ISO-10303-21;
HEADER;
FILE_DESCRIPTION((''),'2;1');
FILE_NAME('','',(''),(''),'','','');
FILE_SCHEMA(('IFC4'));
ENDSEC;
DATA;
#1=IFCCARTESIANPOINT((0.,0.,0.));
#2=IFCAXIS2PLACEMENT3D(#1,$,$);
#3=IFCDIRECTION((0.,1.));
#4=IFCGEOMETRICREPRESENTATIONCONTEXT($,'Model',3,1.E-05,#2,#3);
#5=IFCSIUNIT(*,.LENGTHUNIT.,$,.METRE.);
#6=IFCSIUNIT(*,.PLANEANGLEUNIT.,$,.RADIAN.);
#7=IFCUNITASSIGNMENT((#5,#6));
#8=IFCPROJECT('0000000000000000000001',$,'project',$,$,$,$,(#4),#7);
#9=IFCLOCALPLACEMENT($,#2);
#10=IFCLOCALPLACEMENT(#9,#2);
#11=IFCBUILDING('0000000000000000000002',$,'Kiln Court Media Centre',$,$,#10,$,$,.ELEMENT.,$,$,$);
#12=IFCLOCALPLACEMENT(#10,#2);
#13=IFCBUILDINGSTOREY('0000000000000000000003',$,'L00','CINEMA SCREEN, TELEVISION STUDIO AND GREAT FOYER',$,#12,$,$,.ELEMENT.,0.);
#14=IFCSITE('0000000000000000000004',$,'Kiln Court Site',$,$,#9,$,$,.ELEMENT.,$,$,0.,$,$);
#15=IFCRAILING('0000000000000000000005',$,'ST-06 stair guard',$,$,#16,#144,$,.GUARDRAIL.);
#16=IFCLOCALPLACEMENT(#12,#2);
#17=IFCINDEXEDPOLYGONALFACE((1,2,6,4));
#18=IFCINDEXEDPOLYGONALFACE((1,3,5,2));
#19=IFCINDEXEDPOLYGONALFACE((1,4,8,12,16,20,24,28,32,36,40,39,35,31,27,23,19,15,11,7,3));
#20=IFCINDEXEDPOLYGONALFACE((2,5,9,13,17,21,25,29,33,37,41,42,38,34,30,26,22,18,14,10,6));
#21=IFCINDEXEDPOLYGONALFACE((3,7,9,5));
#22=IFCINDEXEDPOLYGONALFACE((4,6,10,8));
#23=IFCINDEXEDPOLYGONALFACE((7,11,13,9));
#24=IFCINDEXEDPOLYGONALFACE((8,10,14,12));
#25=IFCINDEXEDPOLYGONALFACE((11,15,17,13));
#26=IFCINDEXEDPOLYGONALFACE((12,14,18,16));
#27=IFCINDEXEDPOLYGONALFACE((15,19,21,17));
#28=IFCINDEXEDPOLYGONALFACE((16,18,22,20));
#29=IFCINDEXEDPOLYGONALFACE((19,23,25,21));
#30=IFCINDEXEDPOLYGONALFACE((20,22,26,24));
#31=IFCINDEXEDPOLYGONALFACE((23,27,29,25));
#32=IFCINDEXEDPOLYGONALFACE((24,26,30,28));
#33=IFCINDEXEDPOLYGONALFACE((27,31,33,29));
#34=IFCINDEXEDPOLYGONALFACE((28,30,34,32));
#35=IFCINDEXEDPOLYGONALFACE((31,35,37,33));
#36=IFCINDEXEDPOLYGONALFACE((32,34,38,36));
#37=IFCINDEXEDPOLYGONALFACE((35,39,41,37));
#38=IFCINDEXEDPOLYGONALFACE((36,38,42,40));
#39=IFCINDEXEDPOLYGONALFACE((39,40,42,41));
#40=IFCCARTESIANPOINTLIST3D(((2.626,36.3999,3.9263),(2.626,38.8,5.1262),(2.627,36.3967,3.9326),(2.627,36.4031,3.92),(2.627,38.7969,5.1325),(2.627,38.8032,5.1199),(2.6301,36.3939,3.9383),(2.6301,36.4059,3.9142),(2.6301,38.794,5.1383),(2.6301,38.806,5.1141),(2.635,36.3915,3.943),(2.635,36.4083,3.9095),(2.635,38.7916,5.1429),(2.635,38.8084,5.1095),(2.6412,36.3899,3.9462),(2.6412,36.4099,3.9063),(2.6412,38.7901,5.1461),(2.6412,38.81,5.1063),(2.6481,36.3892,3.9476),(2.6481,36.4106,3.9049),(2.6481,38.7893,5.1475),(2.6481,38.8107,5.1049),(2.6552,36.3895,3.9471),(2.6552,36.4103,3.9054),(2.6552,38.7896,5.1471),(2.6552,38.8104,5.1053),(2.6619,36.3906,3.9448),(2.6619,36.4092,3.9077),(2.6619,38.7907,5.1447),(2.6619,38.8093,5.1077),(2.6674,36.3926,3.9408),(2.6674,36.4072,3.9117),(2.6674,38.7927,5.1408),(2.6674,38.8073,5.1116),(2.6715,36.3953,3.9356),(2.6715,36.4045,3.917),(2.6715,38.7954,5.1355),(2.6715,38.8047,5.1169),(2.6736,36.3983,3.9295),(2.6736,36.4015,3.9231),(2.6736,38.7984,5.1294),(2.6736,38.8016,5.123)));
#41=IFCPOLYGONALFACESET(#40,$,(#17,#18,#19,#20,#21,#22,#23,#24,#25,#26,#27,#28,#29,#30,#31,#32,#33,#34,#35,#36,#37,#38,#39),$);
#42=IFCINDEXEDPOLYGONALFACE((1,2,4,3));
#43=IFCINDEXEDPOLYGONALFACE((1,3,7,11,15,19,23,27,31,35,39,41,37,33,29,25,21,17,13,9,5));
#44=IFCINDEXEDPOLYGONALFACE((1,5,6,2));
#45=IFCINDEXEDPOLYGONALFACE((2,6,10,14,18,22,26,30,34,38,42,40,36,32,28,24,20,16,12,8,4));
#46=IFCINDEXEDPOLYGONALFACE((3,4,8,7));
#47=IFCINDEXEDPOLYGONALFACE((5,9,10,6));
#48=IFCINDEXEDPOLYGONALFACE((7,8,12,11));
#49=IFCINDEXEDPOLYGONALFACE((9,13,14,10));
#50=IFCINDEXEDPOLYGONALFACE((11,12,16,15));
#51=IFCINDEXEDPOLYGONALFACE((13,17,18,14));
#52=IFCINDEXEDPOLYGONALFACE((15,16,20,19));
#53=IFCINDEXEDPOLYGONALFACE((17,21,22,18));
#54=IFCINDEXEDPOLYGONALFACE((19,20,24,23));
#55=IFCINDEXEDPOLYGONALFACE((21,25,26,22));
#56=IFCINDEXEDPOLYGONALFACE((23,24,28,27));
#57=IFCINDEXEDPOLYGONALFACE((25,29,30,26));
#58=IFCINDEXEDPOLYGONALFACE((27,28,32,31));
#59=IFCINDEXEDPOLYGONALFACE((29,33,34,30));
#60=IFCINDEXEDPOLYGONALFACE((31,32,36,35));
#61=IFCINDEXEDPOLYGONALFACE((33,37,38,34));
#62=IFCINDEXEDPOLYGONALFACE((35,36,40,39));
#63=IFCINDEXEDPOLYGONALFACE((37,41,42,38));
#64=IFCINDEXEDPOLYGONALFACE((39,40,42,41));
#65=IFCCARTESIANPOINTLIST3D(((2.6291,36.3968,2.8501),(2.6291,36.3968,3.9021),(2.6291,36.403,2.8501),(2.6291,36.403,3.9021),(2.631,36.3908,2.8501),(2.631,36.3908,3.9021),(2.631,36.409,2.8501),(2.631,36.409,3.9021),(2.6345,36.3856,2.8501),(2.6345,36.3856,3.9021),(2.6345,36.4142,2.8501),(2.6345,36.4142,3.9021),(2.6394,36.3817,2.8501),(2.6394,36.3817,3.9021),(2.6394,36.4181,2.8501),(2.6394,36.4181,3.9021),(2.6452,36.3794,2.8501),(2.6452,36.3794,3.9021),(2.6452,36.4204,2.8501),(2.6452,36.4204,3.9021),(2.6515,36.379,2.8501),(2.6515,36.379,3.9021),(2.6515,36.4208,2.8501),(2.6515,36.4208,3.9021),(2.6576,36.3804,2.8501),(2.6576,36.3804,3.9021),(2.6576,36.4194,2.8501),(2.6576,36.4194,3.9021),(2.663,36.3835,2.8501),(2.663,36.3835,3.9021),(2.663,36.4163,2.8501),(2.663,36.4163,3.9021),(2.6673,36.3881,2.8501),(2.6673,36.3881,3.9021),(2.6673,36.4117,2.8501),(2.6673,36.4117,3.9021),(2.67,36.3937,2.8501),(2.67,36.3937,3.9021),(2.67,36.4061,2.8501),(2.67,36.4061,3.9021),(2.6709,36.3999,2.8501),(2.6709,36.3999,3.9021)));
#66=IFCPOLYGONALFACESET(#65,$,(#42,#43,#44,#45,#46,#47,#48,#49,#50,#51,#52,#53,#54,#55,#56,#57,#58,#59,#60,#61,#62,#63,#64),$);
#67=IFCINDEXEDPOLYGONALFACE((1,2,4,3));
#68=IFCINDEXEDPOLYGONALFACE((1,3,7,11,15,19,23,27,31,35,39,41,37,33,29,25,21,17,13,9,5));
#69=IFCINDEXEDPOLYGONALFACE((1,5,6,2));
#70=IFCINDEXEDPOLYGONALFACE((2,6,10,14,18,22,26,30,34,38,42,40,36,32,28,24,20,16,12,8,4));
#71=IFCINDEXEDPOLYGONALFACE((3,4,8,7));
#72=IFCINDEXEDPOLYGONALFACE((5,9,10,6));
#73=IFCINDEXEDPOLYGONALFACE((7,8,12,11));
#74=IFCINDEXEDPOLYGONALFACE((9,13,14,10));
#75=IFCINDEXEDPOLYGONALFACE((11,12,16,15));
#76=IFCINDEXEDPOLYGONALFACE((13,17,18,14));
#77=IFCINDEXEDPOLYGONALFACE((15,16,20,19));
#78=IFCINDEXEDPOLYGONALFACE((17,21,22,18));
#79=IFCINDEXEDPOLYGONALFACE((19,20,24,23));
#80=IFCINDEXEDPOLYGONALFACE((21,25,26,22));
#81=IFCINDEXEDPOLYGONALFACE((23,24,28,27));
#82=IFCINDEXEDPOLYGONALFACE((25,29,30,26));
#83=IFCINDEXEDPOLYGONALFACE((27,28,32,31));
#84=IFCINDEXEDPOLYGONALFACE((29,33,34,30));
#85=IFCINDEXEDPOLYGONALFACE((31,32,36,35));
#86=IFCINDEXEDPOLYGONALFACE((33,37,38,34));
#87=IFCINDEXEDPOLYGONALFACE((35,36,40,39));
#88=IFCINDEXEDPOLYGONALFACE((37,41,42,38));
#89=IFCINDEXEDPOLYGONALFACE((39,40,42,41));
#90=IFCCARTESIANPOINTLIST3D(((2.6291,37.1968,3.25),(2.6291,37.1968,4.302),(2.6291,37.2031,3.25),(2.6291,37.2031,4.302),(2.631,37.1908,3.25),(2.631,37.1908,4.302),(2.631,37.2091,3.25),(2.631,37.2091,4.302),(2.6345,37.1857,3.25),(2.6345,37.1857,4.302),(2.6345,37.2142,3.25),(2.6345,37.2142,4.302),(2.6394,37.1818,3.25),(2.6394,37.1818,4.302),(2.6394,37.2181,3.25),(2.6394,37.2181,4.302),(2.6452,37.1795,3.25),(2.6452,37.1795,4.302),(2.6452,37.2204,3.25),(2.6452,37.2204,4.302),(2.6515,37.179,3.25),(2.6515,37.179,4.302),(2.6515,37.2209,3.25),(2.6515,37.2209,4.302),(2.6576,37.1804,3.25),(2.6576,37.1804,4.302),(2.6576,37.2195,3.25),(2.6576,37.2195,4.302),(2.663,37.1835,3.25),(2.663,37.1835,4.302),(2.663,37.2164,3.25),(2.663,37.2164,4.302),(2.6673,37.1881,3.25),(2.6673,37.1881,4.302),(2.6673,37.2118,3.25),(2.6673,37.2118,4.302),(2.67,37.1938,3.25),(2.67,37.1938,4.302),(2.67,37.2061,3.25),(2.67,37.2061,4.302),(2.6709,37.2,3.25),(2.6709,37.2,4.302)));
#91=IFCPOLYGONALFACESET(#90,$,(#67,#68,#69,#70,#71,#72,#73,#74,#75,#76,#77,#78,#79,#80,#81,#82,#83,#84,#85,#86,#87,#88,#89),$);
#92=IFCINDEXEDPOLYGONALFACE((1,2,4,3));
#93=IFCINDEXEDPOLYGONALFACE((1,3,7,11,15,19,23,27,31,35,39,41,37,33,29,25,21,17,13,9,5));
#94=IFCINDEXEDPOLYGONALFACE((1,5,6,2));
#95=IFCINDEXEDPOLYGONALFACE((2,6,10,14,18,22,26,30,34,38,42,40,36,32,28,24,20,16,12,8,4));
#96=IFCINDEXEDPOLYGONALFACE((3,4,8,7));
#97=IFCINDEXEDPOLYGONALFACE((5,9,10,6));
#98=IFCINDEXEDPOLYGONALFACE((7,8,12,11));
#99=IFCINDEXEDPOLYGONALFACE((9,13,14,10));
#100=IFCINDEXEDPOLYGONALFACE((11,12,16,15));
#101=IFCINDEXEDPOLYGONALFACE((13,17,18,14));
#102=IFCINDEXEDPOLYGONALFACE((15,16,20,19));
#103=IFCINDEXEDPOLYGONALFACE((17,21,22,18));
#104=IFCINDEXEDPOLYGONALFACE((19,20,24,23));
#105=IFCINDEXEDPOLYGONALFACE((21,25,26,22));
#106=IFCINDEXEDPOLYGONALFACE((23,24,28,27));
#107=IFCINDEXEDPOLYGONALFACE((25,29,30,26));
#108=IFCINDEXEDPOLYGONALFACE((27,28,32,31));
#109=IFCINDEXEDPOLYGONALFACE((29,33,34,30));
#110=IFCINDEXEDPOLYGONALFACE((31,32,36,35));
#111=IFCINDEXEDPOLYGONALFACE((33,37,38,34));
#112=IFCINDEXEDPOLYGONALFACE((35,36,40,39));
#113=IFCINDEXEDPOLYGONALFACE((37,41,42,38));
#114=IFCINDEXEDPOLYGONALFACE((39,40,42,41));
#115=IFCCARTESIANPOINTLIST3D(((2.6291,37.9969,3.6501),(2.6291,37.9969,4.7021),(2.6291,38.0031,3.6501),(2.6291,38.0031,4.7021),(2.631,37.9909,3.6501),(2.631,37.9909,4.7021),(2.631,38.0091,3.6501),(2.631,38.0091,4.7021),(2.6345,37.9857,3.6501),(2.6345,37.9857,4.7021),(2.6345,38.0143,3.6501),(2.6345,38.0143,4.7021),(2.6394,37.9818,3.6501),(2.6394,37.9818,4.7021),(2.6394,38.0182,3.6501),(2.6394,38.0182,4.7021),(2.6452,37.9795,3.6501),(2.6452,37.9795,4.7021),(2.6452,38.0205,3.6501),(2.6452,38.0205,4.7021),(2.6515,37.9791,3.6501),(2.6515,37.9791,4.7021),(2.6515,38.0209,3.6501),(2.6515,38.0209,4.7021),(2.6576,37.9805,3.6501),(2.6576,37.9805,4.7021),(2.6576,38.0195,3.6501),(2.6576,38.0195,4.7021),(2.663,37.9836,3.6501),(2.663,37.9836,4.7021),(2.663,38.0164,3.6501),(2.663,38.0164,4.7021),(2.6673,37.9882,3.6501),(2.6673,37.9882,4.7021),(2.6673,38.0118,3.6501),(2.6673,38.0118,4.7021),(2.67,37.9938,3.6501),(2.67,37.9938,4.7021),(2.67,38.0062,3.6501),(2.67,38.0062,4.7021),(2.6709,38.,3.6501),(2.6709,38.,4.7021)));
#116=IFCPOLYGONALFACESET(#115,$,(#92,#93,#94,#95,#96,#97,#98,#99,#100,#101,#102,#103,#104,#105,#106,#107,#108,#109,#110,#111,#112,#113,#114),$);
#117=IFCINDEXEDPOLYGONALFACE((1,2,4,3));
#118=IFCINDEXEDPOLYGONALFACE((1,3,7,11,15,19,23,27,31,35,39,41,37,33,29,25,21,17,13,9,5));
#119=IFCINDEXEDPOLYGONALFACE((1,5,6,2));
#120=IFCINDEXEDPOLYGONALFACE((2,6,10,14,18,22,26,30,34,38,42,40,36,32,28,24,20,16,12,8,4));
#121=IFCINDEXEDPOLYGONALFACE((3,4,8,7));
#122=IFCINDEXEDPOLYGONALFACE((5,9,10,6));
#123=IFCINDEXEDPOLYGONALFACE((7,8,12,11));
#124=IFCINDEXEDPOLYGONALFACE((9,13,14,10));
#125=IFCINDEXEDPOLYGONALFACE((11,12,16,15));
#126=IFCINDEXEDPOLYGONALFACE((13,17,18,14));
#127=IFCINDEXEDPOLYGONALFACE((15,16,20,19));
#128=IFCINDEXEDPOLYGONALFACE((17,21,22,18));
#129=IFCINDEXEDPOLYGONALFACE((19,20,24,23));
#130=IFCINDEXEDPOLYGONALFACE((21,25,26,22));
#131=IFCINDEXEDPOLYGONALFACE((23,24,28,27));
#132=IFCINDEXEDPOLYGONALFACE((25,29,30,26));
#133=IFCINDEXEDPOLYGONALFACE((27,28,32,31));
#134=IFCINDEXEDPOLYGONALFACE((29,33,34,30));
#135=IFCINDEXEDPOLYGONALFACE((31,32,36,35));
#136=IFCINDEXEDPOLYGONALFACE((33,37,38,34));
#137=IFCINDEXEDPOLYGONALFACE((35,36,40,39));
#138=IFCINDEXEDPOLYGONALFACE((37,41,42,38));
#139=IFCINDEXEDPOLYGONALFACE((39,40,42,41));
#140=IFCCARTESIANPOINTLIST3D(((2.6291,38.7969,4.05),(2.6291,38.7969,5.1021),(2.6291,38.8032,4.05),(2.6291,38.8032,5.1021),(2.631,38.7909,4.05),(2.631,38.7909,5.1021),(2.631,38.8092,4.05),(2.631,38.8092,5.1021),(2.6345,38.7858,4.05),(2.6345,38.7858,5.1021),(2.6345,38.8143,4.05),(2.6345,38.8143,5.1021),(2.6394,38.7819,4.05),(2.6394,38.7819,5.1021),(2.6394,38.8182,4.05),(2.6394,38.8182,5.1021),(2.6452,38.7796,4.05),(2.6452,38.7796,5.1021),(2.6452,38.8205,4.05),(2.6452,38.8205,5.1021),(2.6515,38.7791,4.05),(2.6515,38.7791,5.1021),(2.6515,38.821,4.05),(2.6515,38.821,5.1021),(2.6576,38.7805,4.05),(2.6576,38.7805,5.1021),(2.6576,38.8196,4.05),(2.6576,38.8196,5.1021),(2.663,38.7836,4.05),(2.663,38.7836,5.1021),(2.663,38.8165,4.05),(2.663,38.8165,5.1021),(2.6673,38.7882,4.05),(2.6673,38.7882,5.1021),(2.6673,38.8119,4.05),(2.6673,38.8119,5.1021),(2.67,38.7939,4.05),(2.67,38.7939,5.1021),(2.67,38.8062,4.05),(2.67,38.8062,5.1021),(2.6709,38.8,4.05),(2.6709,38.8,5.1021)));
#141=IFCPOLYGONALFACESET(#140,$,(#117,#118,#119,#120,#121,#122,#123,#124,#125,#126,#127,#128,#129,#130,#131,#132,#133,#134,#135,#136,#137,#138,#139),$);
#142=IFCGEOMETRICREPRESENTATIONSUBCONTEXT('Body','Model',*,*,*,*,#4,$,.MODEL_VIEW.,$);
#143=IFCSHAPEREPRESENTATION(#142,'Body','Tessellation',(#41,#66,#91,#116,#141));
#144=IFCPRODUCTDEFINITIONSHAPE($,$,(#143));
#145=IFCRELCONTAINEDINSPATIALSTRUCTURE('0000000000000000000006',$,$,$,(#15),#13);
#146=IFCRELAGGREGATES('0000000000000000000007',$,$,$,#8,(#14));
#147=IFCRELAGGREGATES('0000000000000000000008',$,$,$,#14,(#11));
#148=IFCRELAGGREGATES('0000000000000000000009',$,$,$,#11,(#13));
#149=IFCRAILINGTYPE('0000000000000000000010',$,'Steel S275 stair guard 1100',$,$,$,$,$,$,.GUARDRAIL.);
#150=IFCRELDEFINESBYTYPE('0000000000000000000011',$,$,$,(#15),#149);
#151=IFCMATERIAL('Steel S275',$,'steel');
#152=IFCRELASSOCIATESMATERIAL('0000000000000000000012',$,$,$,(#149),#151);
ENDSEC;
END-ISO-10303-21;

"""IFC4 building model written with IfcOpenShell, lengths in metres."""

from ifc_helpers import new_model, si_unit, direction, frame, origin, origin_2d, place, context, subcontext, project, spatial, circle, extrude, material, type_object, element, save


model = new_model("IFC4")

# Units and contexts
model_context = context("Model", 3, precision=1e-05, world=origin(), true_north=direction((0.0, 1.0)))
body_context = subcontext(model_context, "Body", "Model", "MODEL_VIEW")
ifc_project = project(units=[si_unit("LENGTHUNIT", "METRE"), si_unit("PLANEANGLEUNIT", "RADIAN")], contexts=[model_context])

# Site, building, storey
site_placement = place(None, origin())
site = spatial("IfcSite", under=ifc_project, at=site_placement, Name="Kiln Court Site", CompositionType="ELEMENT", RefElevation=0.0)
building_placement = place(site_placement, origin())
building = spatial("IfcBuilding", under=site, at=building_placement, Name="Kiln Court Media Centre", CompositionType="ELEMENT")
storey_placement = place(building_placement, origin())
storey = spatial("IfcBuildingStorey", under=building, at=storey_placement, Name="L00", Description="CINEMA SCREEN, TELEVISION STUDIO AND GREAT FOYER", CompositionType="ELEMENT", Elevation=0.0)

# Railing
ifc_material_1 = material(Name="Steel S275", Category="steel")
railing_type_1 = type_object("IfcRailingType", Name="Steel S275 stair guard 1100", PredefinedType="GUARDRAIL", material=ifc_material_1)
railing_1_placement = place(storey_placement, frame((2.6499, 36.3999, 2.8501)))
element("IfcRailing", 1, at=railing_1_placement, inside=storey, type_object=railing_type_1, Name="ST-06 stair guard", PredefinedType="GUARDRAIL", context=body_context, shape_type="SweptSolid", body=[
    extrude(circle(Radius=0.0239, at=origin_2d()), frame((0.0, 0.0, 1.0762), z_axis=(0.0, 0.894445, 0.447177), x_axis=(-1.0, 0.0, 0.0)), (0.0, 0.0, 1.0), 2.6833),
    extrude(circle(Radius=0.021, at=origin_2d()), origin(), (0.0, 0.0, 1.0), 1.052),
    extrude(circle(Radius=0.021, at=origin_2d()), frame((0.0, 0.8, 0.3999)), (0.0, 0.0, 1.0), 1.052),
    extrude(circle(Radius=0.021, at=origin_2d()), frame((0.0, 1.6001, 0.8)), (0.0, 0.0, 1.0), 1.052),
    extrude(circle(Radius=0.021, at=origin_2d()), frame((0.0, 2.4001, 1.2)), (0.0, 0.0, 1.0), 1.052),
])

save(model, "model.ifc")
